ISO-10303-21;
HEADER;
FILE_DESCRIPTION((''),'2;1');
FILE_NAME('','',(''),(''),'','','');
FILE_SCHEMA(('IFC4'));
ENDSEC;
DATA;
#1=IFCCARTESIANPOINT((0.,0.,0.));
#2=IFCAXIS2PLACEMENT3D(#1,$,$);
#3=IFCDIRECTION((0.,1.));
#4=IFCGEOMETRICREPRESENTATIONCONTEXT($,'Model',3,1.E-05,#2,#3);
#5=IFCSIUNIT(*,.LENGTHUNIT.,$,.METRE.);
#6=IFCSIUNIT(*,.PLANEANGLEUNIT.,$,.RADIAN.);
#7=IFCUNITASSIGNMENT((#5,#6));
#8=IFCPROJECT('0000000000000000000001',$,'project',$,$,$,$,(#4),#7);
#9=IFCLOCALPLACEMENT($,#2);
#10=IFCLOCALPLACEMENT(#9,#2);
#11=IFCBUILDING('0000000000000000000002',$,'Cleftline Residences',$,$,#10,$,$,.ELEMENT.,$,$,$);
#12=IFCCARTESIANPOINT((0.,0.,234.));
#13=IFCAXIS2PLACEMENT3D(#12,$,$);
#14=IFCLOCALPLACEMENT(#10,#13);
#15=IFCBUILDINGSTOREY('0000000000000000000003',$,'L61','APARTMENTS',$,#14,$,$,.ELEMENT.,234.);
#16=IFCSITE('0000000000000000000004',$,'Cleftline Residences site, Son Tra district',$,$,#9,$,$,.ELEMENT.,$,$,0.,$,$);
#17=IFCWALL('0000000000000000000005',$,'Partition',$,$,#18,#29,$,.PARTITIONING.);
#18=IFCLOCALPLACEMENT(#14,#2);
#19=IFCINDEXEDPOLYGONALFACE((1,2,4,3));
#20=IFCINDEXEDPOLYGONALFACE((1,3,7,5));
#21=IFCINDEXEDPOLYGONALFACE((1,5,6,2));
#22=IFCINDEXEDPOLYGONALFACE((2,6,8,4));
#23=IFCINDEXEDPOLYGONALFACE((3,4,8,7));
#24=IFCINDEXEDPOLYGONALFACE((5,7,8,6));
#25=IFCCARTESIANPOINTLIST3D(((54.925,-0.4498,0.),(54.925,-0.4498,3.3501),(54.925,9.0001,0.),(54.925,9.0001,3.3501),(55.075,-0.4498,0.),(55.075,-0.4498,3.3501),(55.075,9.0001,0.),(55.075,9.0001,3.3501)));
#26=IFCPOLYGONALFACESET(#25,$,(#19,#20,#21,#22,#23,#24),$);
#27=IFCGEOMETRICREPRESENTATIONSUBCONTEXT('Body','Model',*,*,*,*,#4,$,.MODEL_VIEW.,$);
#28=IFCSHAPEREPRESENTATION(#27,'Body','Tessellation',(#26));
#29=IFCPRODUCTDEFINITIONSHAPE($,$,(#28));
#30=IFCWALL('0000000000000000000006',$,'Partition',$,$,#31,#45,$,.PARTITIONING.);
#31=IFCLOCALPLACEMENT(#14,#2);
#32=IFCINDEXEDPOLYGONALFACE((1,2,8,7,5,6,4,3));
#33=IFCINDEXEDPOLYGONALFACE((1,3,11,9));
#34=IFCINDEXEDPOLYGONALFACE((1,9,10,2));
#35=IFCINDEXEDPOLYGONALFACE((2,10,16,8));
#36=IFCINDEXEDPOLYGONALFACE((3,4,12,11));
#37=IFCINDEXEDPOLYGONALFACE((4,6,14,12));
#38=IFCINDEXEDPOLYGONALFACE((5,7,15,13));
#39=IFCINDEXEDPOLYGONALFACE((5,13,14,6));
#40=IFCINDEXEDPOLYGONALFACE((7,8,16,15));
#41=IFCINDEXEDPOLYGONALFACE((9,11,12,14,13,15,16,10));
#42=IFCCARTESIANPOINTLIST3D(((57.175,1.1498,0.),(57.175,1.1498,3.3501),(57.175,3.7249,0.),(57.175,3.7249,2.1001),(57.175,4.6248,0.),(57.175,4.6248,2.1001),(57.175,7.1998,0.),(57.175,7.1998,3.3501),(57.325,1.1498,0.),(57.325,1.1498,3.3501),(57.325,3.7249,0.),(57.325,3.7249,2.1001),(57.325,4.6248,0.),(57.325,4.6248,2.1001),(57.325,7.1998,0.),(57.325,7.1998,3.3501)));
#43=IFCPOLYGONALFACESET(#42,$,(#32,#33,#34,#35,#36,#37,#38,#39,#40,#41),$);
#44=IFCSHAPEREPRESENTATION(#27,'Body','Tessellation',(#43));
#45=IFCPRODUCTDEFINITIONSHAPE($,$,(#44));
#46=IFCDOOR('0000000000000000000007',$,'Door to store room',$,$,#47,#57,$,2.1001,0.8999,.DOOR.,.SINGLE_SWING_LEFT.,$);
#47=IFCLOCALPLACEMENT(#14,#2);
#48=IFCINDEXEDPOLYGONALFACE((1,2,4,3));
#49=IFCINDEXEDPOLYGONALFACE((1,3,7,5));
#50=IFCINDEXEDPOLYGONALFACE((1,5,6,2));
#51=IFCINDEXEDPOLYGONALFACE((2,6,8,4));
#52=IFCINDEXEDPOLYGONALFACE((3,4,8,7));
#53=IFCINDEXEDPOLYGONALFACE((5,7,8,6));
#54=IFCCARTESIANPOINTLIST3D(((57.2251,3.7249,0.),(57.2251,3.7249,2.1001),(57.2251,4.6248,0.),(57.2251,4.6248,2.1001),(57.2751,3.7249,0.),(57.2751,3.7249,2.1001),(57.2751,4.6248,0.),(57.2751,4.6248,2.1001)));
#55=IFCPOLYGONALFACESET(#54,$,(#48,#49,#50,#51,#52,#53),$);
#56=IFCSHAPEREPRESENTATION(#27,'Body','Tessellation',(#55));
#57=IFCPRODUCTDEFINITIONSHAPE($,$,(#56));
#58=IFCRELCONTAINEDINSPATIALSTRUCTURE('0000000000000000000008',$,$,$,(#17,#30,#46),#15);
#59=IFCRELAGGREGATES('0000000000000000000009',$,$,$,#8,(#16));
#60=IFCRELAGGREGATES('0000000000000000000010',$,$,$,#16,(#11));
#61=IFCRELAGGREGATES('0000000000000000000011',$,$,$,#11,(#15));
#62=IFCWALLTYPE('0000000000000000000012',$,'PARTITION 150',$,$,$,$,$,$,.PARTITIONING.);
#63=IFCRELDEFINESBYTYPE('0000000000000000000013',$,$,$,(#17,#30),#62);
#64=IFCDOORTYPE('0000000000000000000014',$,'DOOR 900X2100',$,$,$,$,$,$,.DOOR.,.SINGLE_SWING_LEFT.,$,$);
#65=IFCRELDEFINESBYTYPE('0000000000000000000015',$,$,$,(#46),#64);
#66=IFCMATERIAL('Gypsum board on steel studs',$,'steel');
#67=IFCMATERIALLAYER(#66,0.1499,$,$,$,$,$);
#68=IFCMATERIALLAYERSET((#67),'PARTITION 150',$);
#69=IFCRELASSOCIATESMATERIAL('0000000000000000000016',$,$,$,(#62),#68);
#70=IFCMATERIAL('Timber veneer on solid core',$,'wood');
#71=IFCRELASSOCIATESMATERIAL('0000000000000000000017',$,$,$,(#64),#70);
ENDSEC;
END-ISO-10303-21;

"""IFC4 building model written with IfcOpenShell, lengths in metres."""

from ifc_helpers import new_model, si_unit, direction, frame, frame_2d, origin, place, context, subcontext, project, spatial, rectangle, extrude, material, layer, layer_set, type_object, element, fill, save


model = new_model("IFC4")

# Units and contexts
model_context = context("Model", 3, precision=1e-05, world=origin(), true_north=direction((0.0, 1.0)))
body_context = subcontext(model_context, "Body", "Model", "MODEL_VIEW")
ifc_project = project(units=[si_unit("LENGTHUNIT", "METRE"), si_unit("PLANEANGLEUNIT", "RADIAN")], contexts=[model_context])

# Site, building, storey
site_placement = place(None, origin())
site = spatial("IfcSite", under=ifc_project, at=site_placement, Name="Cleftline Residences site, Son Tra district", CompositionType="ELEMENT", RefElevation=0.0)
building_placement = place(site_placement, origin())
building = spatial("IfcBuilding", under=site, at=building_placement, Name="Cleftline Residences", CompositionType="ELEMENT")
storey_placement = place(building_placement, frame((0.0, 0.0, 234.0)))
storey = spatial("IfcBuildingStorey", under=building, at=storey_placement, Name="L61", Description="APARTMENTS", CompositionType="ELEMENT", Elevation=234.0)

# Wall
ifc_material_1 = material(Name="Gypsum board on steel studs", Category="steel")
ifc_layer_1 = layer(ifc_material_1, 0.1499)
ifc_layer_set_1 = layer_set([ifc_layer_1], Name="PARTITION 150")
wall_type_1 = type_object("IfcWallType", Name="PARTITION 150", PredefinedType="PARTITIONING", material=ifc_layer_set_1)
wall_1_placement = place(storey_placement, frame((55.0, -0.45, 0.0), z_axis=(0.0, 0.0, 1.0), x_axis=(0.0, 1.0, 0.0)))
element("IfcWall", 1, at=wall_1_placement, inside=storey, type_object=wall_type_1, Name="Partition", PredefinedType="PARTITIONING", context=body_context, shape_type="SweptSolid", body=[
    extrude(rectangle(XDim=9.45, YDim=0.1499, at=frame_2d((4.7251, 0.0))), origin(), (0.0, 0.0, 1.0), 3.3501),
])

# Wall, opening, door
wall_2_placement = place(storey_placement, frame((57.25, 1.1499, 0.0), z_axis=(0.0, 0.0, 1.0), x_axis=(0.0, 1.0, 0.0)))
wall_2 = element("IfcWall", 2, at=wall_2_placement, inside=storey, type_object=wall_type_1, Name="Partition", PredefinedType="PARTITIONING", context=body_context, shape_type="SweptSolid", body=[
    extrude(rectangle(XDim=6.05, YDim=0.1499, at=frame_2d((3.0249, 0.0))), origin(), (0.0, 0.0, 1.0), 3.3501),
])
opening_1_placement = place(wall_2_placement, frame((2.575, 0.0, 0.0)))
opening_1 = element("IfcOpeningElement", 3, at=opening_1_placement, cuts=wall_2, PredefinedType="OPENING", context=body_context, shape_type="SweptSolid", body=[
    extrude(rectangle(XDim=0.8999, YDim=2.1001, at=frame_2d((0.45, 1.05))), frame((0.0, 0.085, 0.0), z_axis=(0.0, -1.0, 0.0), x_axis=(1.0, 0.0, 0.0)), (0.0, 0.0, 1.0), 0.1699),
])
ifc_material_2 = material(Name="Timber veneer on solid core", Category="wood")
door_type = type_object("IfcDoorType", Name="DOOR 900X2100", OperationType="SINGLE_SWING_LEFT", PredefinedType="DOOR", material=ifc_material_2)
door_placement = place(opening_1_placement, origin())
door = element("IfcDoor", 4, at=door_placement, inside=storey, type_object=door_type, Name="Door to store room", OperationType="SINGLE_SWING_LEFT", OverallHeight=2.1001, OverallWidth=0.8999, PredefinedType="DOOR", context=body_context, shape_type="SweptSolid", body=[
    extrude(rectangle(XDim=0.8999, YDim=2.1001, at=frame_2d((0.45, 1.05))), frame((0.0, 0.0249, 0.0), z_axis=(0.0, -1.0, 0.0), x_axis=(1.0, 0.0, 0.0)), (0.0, 0.0, 1.0), 0.05),
])
fill(opening_1, door)

save(model, "model.ifc")
